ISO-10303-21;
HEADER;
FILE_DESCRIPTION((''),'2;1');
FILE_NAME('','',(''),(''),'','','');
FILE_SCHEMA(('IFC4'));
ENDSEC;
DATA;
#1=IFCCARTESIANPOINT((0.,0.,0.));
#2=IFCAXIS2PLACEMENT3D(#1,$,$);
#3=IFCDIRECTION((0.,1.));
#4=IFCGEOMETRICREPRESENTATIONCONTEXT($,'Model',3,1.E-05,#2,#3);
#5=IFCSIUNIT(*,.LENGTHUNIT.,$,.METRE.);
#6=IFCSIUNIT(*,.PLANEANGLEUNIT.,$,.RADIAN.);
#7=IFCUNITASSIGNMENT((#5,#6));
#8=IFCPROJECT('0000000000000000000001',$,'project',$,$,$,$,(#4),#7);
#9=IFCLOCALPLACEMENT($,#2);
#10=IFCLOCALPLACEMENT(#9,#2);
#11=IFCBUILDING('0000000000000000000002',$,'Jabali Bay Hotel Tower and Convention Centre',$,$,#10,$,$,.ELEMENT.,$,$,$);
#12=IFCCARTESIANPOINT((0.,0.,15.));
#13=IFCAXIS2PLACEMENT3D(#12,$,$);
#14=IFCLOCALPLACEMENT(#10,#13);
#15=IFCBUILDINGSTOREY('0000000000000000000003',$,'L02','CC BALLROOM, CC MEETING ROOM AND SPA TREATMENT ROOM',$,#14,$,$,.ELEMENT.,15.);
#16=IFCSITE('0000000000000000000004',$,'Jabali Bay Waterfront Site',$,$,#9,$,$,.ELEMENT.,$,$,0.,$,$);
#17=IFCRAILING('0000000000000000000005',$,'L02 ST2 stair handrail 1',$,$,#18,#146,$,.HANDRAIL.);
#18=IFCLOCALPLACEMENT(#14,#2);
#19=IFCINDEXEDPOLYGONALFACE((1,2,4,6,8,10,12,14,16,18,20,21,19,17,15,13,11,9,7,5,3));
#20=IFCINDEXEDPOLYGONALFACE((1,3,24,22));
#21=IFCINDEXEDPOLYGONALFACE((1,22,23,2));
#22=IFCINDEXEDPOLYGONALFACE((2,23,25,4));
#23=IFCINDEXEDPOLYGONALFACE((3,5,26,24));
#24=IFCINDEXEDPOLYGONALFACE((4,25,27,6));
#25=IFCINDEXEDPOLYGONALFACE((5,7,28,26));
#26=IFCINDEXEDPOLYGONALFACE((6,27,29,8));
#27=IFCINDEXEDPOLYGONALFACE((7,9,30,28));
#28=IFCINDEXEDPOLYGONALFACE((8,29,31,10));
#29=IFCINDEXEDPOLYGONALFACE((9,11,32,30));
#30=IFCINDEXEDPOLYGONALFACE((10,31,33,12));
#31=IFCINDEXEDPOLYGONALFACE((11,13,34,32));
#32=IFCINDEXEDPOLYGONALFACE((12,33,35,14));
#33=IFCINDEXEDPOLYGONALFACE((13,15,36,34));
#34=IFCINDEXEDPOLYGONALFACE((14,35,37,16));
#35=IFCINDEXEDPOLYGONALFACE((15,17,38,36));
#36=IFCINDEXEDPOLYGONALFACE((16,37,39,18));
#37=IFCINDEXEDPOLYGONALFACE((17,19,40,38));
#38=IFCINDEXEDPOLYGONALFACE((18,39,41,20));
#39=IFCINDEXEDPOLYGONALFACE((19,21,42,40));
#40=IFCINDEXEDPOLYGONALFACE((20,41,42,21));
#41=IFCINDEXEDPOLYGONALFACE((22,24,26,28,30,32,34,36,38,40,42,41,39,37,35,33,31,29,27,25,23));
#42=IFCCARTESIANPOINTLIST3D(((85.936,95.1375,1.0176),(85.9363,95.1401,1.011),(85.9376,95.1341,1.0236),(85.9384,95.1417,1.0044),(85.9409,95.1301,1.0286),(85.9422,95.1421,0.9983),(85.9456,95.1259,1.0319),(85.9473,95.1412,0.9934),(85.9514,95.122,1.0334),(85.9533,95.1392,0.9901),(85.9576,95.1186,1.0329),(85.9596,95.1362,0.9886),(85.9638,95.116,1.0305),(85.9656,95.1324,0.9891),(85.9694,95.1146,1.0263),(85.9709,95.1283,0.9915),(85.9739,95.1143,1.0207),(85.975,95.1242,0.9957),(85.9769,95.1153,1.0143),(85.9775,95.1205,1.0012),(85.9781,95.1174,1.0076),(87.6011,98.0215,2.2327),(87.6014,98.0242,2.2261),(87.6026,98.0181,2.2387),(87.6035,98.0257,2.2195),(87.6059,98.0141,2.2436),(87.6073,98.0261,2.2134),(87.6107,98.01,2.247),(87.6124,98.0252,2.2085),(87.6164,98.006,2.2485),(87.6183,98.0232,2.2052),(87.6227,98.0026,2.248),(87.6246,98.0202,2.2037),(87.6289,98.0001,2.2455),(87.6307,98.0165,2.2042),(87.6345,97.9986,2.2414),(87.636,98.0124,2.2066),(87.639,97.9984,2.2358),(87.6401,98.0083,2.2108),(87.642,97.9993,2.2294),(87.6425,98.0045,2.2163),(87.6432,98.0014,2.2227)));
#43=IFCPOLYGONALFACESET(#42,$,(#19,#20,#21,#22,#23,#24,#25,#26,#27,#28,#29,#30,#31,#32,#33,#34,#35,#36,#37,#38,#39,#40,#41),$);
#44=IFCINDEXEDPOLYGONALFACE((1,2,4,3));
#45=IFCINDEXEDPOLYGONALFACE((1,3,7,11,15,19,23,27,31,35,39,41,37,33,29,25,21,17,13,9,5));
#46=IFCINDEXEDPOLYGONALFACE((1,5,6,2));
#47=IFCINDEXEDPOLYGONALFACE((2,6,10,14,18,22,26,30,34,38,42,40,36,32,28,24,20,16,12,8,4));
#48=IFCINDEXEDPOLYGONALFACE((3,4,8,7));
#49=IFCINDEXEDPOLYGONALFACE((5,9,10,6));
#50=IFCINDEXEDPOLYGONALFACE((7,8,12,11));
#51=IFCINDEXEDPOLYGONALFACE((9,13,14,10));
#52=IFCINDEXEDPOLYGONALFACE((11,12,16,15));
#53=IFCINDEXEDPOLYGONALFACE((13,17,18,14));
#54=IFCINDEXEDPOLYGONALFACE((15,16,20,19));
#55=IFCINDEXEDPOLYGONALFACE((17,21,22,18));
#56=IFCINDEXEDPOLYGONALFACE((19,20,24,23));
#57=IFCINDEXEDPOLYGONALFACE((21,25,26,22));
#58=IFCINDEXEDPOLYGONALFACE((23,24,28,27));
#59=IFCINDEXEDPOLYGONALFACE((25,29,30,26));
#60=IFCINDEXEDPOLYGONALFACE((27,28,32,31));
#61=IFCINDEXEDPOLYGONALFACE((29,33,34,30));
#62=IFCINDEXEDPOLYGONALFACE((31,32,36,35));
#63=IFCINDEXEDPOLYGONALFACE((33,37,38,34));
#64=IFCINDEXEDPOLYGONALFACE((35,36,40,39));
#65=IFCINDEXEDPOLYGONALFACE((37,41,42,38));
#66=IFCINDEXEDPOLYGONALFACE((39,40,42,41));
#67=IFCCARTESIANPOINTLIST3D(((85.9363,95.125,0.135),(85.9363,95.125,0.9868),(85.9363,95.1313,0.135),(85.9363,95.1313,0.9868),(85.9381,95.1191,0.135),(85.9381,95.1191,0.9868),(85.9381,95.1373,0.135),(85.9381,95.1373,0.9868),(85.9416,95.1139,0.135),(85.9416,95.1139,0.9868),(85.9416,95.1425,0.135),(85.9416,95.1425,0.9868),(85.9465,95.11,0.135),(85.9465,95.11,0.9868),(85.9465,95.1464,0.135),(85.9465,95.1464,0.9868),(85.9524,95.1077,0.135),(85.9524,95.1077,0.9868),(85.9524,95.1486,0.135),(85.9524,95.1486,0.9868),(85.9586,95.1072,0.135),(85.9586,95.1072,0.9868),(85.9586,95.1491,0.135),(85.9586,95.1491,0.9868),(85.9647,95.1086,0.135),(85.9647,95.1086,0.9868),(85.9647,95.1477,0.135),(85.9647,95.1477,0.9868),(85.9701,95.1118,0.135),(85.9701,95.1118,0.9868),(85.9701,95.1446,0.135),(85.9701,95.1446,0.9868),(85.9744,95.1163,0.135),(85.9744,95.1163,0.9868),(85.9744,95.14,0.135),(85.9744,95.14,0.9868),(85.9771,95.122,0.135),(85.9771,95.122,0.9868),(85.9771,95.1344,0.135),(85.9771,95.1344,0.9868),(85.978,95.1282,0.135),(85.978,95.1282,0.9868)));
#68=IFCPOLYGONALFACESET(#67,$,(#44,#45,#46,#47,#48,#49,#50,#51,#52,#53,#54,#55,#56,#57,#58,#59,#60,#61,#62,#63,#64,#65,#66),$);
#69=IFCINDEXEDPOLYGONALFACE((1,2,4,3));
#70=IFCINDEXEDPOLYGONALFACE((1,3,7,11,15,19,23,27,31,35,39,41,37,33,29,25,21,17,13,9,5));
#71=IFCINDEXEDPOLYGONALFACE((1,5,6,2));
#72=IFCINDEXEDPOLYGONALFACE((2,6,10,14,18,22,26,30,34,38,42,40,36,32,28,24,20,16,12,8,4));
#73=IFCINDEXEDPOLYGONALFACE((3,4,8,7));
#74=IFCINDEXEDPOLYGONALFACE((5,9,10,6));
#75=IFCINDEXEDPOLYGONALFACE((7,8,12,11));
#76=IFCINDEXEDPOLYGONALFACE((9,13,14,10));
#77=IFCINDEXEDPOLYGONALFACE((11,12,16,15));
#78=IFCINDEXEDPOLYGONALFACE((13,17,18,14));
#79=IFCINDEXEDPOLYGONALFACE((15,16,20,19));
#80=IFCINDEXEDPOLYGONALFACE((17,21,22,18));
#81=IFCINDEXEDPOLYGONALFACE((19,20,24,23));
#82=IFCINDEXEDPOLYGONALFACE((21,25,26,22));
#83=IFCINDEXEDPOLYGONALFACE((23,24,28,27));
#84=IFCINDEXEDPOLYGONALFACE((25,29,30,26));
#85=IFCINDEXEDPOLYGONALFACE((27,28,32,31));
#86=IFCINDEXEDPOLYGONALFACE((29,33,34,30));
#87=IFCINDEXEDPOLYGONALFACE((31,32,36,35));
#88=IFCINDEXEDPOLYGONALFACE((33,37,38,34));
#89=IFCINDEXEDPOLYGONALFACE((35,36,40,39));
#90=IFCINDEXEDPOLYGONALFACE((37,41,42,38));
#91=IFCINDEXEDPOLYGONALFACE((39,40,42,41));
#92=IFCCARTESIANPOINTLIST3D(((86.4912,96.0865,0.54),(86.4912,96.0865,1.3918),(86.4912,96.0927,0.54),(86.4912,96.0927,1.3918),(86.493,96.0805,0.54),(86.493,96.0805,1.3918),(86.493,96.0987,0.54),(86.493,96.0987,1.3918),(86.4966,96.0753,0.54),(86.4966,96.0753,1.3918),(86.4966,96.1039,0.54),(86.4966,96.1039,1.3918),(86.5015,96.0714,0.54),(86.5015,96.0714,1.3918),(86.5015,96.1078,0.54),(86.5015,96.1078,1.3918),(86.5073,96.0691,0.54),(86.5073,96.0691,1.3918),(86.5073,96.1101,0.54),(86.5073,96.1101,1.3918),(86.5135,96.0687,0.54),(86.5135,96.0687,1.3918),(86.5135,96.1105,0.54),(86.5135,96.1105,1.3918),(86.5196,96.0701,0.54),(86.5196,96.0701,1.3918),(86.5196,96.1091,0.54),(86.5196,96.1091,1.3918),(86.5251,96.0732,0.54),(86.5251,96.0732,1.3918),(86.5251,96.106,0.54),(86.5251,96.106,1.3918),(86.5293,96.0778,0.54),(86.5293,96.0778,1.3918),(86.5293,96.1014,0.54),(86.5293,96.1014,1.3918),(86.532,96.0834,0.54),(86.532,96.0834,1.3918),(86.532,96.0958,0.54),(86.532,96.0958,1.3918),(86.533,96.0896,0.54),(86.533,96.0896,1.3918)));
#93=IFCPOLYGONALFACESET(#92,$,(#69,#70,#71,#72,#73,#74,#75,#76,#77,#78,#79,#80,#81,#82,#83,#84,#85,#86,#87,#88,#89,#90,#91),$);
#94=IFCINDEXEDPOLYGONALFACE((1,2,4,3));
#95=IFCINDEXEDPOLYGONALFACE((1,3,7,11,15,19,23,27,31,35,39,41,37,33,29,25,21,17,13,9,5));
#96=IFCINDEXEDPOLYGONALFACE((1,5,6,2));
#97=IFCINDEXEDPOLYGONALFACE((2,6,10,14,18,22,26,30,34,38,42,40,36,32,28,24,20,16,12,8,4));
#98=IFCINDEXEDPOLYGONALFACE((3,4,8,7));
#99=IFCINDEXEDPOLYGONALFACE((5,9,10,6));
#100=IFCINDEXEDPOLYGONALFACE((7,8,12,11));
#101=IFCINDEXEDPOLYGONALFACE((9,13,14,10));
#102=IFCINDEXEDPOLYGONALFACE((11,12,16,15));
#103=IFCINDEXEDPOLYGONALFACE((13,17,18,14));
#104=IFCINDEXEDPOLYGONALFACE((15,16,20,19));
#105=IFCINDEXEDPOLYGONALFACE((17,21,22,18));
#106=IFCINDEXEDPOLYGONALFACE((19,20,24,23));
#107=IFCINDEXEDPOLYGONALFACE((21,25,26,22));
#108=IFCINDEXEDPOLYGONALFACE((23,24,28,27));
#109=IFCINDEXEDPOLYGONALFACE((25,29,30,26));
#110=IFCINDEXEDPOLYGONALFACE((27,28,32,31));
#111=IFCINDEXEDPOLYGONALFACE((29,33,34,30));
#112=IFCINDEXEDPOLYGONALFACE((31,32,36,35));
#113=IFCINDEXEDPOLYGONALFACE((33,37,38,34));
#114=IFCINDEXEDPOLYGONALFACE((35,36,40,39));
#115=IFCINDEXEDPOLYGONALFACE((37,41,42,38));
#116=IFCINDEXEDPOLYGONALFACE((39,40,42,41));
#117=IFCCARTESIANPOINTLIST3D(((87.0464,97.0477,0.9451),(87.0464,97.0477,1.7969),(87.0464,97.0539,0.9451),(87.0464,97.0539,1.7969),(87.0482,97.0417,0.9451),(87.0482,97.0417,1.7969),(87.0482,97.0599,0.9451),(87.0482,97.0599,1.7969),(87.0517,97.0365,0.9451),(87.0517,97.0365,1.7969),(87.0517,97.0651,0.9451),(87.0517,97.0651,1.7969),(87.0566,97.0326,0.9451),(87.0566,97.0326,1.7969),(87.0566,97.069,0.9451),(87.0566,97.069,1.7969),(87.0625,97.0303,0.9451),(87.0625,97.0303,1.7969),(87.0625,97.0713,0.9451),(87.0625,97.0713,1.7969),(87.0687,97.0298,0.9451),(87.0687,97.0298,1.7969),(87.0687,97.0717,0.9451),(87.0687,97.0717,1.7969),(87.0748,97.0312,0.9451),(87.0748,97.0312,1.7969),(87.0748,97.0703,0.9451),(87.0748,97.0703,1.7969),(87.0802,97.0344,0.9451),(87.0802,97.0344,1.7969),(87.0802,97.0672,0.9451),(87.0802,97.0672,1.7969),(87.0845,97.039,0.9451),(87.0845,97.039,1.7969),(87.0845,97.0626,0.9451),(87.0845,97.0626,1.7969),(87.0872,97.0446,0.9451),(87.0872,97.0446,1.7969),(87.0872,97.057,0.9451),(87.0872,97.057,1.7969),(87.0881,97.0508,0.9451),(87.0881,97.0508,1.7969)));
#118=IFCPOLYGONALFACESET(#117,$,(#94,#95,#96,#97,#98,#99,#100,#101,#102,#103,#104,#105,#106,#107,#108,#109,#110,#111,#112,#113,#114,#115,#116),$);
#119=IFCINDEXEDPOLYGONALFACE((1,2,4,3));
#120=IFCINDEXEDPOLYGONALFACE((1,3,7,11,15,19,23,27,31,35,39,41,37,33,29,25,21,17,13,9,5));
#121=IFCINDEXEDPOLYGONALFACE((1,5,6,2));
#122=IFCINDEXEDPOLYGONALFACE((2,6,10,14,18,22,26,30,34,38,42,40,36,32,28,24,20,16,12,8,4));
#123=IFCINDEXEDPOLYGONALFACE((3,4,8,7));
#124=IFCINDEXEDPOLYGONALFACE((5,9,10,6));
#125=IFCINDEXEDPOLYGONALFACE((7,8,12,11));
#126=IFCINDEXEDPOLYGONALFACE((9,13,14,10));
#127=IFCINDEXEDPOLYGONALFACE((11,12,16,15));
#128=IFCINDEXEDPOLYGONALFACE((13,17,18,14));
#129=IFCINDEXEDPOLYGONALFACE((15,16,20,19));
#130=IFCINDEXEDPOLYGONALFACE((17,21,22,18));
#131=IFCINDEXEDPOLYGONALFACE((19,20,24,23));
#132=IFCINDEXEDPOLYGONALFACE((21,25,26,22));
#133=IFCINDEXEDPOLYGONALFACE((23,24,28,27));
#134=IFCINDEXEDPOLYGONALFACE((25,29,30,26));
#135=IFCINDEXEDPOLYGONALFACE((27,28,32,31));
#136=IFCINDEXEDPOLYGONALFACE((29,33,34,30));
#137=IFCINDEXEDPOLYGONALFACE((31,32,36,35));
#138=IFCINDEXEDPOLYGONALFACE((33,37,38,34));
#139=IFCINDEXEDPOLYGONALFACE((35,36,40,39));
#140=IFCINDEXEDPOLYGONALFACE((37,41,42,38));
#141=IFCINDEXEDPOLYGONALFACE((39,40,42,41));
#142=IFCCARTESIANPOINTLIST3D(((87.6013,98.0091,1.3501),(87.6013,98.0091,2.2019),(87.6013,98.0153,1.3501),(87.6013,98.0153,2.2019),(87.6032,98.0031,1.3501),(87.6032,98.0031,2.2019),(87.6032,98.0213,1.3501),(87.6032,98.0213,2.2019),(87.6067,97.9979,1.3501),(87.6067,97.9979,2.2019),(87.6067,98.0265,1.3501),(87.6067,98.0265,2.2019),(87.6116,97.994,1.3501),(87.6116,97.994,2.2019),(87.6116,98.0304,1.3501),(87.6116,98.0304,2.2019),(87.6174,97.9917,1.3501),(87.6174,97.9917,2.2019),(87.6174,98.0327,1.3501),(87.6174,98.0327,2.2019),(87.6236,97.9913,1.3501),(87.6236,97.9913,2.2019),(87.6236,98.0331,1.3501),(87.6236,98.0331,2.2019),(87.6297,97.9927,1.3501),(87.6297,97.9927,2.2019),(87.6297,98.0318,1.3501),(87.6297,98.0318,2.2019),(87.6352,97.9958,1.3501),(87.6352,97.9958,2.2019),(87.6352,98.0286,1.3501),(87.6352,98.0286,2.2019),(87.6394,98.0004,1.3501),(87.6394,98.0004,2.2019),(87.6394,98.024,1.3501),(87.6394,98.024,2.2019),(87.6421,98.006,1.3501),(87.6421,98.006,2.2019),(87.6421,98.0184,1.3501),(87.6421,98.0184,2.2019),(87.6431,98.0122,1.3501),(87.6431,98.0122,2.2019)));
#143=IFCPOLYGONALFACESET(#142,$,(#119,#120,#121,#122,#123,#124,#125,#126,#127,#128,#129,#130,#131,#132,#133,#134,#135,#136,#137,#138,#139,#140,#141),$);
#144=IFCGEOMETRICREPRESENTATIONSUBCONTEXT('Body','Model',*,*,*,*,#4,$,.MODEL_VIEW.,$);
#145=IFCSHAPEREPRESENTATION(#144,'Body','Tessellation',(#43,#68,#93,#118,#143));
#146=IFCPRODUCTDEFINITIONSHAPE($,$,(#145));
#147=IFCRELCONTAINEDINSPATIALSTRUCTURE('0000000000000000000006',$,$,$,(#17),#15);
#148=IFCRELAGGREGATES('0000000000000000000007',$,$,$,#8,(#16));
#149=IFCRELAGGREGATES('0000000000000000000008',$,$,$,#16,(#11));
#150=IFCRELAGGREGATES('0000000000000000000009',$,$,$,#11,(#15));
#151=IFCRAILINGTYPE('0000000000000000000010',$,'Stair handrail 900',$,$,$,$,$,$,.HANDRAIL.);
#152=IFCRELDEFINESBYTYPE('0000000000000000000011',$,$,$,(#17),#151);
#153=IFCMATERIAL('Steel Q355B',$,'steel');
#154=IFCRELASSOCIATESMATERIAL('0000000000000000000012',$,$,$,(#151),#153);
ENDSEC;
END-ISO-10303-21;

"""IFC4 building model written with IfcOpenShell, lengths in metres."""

from ifc_helpers import new_model, si_unit, direction, frame, origin, origin_2d, place, context, subcontext, project, spatial, circle, extrude, material, type_object, element, save


model = new_model("IFC4")

# Units and contexts
model_context = context("Model", 3, precision=1e-05, world=origin(), true_north=direction((0.0, 1.0)))
body_context = subcontext(model_context, "Body", "Model", "MODEL_VIEW")
ifc_project = project(units=[si_unit("LENGTHUNIT", "METRE"), si_unit("PLANEANGLEUNIT", "RADIAN")], contexts=[model_context])

# Site, building, storey
site_placement = place(None, origin())
site = spatial("IfcSite", under=ifc_project, at=site_placement, Name="Jabali Bay Waterfront Site", CompositionType="ELEMENT", RefElevation=0.0)
building_placement = place(site_placement, origin())
building = spatial("IfcBuilding", under=site, at=building_placement, Name="Jabali Bay Hotel Tower and Convention Centre", CompositionType="ELEMENT")
storey_placement = place(building_placement, frame((0.0, 0.0, 15.0)))
storey = spatial("IfcBuildingStorey", under=building, at=storey_placement, Name="L02", Description="CC BALLROOM, CC MEETING ROOM AND SPA TREATMENT ROOM", CompositionType="ELEMENT", Elevation=15.0)

# Railing
ifc_material_1 = material(Name="Steel Q355B", Category="steel")
railing_type_1 = type_object("IfcRailingType", Name="Stair handrail 900", PredefinedType="HANDRAIL", material=ifc_material_1)
for number, where, name in (
    (1, (85.957, 95.1282, 0.135), "L02 ST2 stair handrail 1"),
):
    element("IfcRailing", number, at=place(storey_placement, frame(where)), inside=storey, type_object=railing_type_1, Name=name, PredefinedType="HANDRAIL", context=body_context, shape_type="SweptSolid", body=[
        extrude(circle(Radius=0.0239, at=origin_2d()), frame((0.0, 0.0, 0.876), z_axis=(0.469698, 0.813568, 0.342769), x_axis=(-0.866033, 0.499987, 0.0)), (0.0, 0.0, 1.0), 3.5449),
        extrude(circle(Radius=0.021, at=origin_2d()), origin(), (0.0, 0.0, 1.0), 0.8518),
        extrude(circle(Radius=0.021, at=origin_2d()), frame((0.5549, 0.9614, 0.405)), (0.0, 0.0, 1.0), 0.8518),
        extrude(circle(Radius=0.021, at=origin_2d()), frame((1.1101, 1.9226, 0.8101)), (0.0, 0.0, 1.0), 0.8518),
        extrude(circle(Radius=0.021, at=origin_2d()), frame((1.665, 2.884, 1.2151)), (0.0, 0.0, 1.0), 0.8518),
    ])

save(model, "model.ifc")
